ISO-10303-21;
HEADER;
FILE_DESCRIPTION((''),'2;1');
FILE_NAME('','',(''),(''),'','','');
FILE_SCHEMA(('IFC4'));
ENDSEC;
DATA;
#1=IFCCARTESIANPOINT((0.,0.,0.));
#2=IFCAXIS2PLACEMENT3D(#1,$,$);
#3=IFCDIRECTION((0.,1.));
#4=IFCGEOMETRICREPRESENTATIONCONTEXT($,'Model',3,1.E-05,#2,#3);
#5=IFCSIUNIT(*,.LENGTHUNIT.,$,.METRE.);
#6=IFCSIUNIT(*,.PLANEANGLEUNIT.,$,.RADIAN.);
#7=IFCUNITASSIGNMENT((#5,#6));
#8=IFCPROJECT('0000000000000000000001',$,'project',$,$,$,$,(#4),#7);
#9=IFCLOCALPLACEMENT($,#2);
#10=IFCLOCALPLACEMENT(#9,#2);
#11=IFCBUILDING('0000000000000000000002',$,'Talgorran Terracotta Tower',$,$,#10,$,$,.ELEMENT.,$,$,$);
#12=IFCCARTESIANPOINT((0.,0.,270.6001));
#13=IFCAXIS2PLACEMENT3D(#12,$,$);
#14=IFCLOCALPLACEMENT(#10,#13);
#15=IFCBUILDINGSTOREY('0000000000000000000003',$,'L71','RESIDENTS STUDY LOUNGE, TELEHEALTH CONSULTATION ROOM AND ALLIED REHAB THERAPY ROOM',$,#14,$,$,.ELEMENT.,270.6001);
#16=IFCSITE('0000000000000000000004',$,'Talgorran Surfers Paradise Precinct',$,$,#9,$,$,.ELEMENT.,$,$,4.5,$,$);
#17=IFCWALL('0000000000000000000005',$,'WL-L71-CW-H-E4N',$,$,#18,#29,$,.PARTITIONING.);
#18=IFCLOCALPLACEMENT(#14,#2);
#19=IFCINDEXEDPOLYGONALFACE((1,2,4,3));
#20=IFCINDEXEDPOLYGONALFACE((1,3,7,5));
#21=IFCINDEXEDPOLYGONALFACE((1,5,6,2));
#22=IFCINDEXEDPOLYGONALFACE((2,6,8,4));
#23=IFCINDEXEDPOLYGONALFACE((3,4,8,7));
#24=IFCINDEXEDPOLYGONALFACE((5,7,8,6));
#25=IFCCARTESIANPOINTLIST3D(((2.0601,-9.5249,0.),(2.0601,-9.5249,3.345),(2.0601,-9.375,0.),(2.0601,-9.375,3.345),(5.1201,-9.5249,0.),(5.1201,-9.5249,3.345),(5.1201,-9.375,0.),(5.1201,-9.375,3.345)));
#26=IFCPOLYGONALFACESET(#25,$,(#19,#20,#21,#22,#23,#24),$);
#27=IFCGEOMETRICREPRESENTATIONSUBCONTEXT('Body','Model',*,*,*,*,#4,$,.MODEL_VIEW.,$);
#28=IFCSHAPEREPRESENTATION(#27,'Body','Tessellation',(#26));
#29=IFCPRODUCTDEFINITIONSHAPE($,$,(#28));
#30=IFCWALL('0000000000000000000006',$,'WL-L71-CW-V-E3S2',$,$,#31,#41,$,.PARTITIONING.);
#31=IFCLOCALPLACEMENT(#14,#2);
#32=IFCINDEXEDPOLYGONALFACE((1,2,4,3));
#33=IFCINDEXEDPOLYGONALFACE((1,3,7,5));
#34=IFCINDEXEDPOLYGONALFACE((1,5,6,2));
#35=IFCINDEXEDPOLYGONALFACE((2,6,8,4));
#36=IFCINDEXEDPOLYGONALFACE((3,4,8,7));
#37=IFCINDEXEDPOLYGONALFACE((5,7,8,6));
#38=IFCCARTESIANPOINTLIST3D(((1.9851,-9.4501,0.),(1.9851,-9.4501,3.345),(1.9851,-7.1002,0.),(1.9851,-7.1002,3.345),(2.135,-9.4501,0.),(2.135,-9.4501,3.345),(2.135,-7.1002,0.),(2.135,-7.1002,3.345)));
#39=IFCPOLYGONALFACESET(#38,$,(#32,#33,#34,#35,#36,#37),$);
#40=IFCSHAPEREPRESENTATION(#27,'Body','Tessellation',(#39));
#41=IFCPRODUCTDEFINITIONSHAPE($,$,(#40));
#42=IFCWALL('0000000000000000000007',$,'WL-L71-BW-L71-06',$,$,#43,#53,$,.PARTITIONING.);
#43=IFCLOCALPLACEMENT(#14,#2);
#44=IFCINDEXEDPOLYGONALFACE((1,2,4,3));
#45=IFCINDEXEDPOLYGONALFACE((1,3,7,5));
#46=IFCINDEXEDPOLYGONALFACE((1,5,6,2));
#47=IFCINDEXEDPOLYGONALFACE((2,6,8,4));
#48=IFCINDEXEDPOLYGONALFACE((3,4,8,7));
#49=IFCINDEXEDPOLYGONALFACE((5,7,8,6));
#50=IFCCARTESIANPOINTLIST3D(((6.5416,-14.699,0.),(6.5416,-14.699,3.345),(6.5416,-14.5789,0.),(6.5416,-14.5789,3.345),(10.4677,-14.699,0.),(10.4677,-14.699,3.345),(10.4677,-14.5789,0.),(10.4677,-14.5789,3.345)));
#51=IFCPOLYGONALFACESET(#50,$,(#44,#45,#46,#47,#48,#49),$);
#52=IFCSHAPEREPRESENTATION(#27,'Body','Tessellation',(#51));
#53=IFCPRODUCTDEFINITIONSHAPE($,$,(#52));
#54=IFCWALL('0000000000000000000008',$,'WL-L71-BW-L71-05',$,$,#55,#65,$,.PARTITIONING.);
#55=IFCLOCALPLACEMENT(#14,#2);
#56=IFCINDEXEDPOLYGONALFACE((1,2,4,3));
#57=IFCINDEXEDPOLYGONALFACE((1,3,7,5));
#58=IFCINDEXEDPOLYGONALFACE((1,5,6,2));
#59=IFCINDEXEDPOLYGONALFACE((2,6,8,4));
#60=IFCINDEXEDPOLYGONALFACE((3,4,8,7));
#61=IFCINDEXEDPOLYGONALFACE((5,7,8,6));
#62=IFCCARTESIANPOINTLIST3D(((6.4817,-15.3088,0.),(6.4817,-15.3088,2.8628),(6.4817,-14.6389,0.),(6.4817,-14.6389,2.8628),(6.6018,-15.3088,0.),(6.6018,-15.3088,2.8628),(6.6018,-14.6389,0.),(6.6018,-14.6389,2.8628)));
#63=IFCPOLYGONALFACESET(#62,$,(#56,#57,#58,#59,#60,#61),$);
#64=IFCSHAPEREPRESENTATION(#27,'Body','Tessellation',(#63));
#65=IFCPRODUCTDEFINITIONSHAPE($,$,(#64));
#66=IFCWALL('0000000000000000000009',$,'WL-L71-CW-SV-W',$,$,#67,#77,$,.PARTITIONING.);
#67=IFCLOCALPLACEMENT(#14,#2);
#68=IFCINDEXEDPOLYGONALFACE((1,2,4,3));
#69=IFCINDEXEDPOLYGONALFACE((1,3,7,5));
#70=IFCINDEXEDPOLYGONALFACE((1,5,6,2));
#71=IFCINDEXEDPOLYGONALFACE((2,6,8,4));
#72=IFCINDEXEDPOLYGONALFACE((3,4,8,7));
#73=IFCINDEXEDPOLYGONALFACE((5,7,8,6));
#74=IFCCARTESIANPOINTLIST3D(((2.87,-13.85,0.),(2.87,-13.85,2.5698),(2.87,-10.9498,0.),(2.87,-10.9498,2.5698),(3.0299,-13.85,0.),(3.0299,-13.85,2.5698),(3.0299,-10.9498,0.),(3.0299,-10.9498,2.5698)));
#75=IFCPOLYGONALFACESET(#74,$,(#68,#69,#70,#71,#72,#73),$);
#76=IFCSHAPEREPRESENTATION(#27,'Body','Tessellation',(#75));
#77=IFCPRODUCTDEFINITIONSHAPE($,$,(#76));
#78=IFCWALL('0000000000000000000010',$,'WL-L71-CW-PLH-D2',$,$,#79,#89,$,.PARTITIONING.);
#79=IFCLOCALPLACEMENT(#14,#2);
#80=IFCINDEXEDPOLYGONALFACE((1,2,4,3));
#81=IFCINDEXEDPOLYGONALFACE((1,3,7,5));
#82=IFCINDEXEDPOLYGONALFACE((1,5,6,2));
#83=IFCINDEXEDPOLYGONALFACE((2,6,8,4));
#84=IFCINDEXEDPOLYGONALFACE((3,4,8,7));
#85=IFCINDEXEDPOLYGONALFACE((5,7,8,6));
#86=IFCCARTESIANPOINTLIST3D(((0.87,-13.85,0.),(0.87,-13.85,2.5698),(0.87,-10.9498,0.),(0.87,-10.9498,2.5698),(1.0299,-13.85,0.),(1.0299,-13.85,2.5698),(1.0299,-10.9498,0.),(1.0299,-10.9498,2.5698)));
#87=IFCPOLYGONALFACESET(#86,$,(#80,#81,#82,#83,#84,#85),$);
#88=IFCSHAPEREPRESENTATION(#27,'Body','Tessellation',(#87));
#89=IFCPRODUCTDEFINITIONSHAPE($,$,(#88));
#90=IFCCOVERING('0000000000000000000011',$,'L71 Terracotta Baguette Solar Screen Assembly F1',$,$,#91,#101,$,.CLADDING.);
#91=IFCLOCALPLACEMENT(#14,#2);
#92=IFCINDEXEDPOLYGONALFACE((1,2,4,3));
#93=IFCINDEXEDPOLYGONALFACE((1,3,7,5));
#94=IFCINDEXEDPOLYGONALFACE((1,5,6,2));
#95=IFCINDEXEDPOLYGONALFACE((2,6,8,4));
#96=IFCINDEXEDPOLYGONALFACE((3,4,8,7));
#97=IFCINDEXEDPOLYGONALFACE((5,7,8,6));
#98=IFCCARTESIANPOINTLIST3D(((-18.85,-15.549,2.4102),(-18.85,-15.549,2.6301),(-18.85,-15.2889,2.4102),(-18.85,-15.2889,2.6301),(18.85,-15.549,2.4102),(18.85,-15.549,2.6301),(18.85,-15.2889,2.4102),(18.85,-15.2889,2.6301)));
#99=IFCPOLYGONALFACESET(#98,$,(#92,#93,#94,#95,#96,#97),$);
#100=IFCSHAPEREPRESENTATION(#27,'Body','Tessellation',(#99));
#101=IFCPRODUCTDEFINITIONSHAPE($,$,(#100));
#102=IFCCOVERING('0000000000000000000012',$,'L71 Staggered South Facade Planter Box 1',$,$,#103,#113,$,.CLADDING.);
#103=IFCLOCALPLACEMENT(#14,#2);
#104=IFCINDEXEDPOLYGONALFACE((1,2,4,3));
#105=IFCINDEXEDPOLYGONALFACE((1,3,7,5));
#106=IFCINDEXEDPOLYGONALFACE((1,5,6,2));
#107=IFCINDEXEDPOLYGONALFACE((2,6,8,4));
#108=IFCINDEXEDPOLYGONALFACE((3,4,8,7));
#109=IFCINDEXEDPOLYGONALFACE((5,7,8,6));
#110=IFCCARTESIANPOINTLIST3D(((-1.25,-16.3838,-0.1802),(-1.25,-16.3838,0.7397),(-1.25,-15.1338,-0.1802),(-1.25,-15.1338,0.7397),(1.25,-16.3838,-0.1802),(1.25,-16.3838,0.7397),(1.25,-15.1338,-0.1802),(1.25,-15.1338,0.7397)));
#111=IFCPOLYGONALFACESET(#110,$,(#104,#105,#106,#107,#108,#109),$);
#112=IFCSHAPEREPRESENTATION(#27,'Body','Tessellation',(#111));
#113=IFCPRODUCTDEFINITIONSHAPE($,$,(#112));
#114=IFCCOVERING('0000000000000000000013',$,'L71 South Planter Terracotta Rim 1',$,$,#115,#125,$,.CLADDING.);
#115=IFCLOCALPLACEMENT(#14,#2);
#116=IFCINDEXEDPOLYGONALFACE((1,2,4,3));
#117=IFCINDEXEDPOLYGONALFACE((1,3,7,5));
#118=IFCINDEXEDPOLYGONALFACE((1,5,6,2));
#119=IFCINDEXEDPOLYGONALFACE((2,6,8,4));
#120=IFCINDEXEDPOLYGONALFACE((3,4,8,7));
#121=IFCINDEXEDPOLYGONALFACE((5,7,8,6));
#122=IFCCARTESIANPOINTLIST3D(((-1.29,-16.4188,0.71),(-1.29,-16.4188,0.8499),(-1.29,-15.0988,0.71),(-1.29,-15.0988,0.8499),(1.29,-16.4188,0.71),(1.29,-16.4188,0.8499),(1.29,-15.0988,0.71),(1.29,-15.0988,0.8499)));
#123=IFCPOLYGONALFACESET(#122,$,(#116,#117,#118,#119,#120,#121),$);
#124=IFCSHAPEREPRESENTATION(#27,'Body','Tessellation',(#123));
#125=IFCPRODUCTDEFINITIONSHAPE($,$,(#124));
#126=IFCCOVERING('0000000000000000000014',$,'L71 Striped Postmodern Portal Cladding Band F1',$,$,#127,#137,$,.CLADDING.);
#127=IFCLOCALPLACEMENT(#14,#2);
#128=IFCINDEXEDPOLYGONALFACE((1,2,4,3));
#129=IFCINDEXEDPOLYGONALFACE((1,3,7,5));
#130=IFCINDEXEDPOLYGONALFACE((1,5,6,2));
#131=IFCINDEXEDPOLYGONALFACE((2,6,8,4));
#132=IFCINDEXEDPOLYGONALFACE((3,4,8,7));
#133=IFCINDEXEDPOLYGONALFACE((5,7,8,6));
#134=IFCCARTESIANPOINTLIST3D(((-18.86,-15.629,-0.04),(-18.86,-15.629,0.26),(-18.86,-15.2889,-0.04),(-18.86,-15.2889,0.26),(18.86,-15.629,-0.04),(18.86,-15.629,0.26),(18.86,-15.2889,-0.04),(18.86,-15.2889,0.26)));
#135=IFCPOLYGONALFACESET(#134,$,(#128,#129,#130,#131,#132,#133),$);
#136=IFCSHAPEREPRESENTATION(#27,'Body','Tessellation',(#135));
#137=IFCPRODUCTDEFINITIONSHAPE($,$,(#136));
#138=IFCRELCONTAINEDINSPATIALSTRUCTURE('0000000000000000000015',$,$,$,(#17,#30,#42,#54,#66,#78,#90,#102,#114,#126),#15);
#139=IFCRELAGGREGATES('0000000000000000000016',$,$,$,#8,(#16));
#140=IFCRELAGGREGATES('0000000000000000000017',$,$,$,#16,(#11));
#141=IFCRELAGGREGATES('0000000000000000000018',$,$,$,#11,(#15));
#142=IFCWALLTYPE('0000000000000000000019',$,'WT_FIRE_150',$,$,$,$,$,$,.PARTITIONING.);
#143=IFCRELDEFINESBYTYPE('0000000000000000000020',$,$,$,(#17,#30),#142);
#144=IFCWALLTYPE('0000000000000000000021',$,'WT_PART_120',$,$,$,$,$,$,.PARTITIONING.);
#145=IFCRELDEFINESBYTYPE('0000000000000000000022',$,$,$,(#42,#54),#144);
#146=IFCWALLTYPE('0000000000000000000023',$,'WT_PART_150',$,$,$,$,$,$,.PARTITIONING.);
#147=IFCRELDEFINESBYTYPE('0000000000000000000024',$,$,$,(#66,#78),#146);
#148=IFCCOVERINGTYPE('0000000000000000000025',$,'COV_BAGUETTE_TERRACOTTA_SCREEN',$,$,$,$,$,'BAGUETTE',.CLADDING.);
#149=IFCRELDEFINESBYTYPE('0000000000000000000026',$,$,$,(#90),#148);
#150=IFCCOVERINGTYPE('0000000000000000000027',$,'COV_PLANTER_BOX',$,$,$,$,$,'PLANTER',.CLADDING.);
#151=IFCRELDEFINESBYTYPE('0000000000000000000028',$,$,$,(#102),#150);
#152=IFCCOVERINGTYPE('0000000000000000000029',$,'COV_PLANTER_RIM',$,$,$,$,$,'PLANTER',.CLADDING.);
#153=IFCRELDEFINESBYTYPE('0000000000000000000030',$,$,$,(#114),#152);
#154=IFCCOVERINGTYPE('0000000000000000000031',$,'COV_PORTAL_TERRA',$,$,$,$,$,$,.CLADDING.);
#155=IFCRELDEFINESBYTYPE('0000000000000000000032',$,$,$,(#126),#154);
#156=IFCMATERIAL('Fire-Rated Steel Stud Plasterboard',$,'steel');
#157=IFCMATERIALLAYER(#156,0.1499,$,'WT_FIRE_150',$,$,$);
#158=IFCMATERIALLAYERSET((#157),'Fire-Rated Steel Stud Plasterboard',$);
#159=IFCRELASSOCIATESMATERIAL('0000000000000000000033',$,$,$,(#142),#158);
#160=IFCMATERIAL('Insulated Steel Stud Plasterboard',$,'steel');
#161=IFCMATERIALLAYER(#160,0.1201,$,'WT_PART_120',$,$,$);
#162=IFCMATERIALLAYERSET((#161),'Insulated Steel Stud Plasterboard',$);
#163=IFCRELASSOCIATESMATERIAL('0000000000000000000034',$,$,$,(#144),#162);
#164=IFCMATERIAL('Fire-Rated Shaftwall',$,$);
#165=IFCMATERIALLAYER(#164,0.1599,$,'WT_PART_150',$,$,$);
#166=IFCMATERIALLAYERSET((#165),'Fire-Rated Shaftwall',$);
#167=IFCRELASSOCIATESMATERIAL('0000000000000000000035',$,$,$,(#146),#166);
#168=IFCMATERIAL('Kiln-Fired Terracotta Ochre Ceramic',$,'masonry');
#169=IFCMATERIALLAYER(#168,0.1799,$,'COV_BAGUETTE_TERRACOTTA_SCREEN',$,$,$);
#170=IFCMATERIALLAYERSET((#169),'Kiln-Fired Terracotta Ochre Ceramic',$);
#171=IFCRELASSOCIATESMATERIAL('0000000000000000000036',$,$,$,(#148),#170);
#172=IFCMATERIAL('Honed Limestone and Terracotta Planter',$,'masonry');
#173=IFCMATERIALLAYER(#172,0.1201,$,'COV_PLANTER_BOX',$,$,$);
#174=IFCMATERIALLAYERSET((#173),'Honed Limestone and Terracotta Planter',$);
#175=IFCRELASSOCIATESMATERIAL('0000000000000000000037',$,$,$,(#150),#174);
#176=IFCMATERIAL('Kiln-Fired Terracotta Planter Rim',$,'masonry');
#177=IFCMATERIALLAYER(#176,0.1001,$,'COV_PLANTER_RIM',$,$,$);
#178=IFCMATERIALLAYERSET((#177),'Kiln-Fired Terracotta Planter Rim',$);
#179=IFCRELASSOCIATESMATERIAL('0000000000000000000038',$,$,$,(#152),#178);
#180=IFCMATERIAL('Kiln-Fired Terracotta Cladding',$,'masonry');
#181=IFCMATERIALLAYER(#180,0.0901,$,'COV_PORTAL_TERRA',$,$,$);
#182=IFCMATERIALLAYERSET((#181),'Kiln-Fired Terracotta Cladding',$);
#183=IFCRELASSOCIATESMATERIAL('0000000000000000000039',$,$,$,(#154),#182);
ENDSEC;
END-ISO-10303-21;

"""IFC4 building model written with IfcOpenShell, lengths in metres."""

from ifc_helpers import new_model, si_unit, direction, frame, frame_2d, origin, origin_2d, place, context, subcontext, project, spatial, rectangle, extrude, material, layer, layer_set, type_object, element, save


model = new_model("IFC4")

# Units and contexts
model_context = context("Model", 3, precision=1e-05, world=origin(), true_north=direction((0.0, 1.0)))
body_context = subcontext(model_context, "Body", "Model", "MODEL_VIEW")
ifc_project = project(units=[si_unit("LENGTHUNIT", "METRE"), si_unit("PLANEANGLEUNIT", "RADIAN")], contexts=[model_context])

# Site, building, storey
site_placement = place(None, origin())
site = spatial("IfcSite", under=ifc_project, at=site_placement, Name="Talgorran Surfers Paradise Precinct", CompositionType="ELEMENT", RefElevation=4.5)
building_placement = place(site_placement, origin())
building = spatial("IfcBuilding", under=site, at=building_placement, Name="Talgorran Terracotta Tower", CompositionType="ELEMENT")
storey_placement = place(building_placement, frame((0.0, 0.0, 270.6001)))
storey = spatial("IfcBuildingStorey", under=building, at=storey_placement, Name="L71", Description="RESIDENTS STUDY LOUNGE, TELEHEALTH CONSULTATION ROOM AND ALLIED REHAB THERAPY ROOM", CompositionType="ELEMENT", Elevation=270.6001)

# Walls
ifc_material_1 = material(Name="Fire-Rated Steel Stud Plasterboard", Category="steel")
ifc_layer_1 = layer(ifc_material_1, 0.1499, Name="WT_FIRE_150")
ifc_layer_set_1 = layer_set([ifc_layer_1], Name="Fire-Rated Steel Stud Plasterboard")
wall_type_1 = type_object("IfcWallType", Name="WT_FIRE_150", PredefinedType="PARTITIONING", material=ifc_layer_set_1)
wall_1_placement = place(storey_placement, frame((2.0601, -9.45, 0.0), z_axis=(0.0, 0.0, 1.0), x_axis=(1.0, 0.0, 0.0)))
element("IfcWall", 1, at=wall_1_placement, inside=storey, type_object=wall_type_1, Name="WL-L71-CW-H-E4N", PredefinedType="PARTITIONING", context=body_context, shape_type="SweptSolid", body=[
    extrude(rectangle(XDim=3.0601, YDim=0.1499, at=frame_2d((1.53, 0.0))), origin(), (0.0, 0.0, 1.0), 3.345),
])
wall_2_placement = place(storey_placement, frame((2.0601, -9.45, 0.0), z_axis=(0.0, 0.0, 1.0), x_axis=(0.0, 1.0, 0.0)))
element("IfcWall", 2, at=wall_2_placement, inside=storey, type_object=wall_type_1, Name="WL-L71-CW-V-E3S2", PredefinedType="PARTITIONING", context=body_context, shape_type="SweptSolid", body=[
    extrude(rectangle(XDim=2.3499, YDim=0.1499, at=frame_2d((1.1748, 0.0))), origin(), (0.0, 0.0, 1.0), 3.345),
])
ifc_material_2 = material(Name="Insulated Steel Stud Plasterboard", Category="steel")
ifc_layer_2 = layer(ifc_material_2, 0.1201, Name="WT_PART_120")
ifc_layer_set_2 = layer_set([ifc_layer_2], Name="Insulated Steel Stud Plasterboard")
wall_type_2 = type_object("IfcWallType", Name="WT_PART_120", PredefinedType="PARTITIONING", material=ifc_layer_set_2)
wall_3_placement = place(storey_placement, frame((6.5417, -14.6389, 0.0), z_axis=(0.0, 0.0, 1.0), x_axis=(1.0, 0.0, 0.0)))
element("IfcWall", 3, at=wall_3_placement, inside=storey, type_object=wall_type_2, Name="WL-L71-BW-L71-06", PredefinedType="PARTITIONING", context=body_context, shape_type="SweptSolid", body=[
    extrude(rectangle(XDim=3.926, YDim=0.1201, at=frame_2d((1.9629, 0.0))), origin(), (0.0, 0.0, 1.0), 3.345),
])
wall_4_placement = place(storey_placement, frame((6.5417, -15.3088, 0.0), z_axis=(0.0, 0.0, 1.0), x_axis=(0.0, 1.0, 0.0)))
element("IfcWall", 4, at=wall_4_placement, inside=storey, type_object=wall_type_2, Name="WL-L71-BW-L71-05", PredefinedType="PARTITIONING", context=body_context, shape_type="SweptSolid", body=[
    extrude(rectangle(XDim=0.6699, YDim=0.1201, at=frame_2d((0.335, 0.0))), origin(), (0.0, 0.0, 1.0), 2.8628),
])
ifc_material_3 = material(Name="Fire-Rated Shaftwall")
ifc_layer_3 = layer(ifc_material_3, 0.1599, Name="WT_PART_150")
ifc_layer_set_3 = layer_set([ifc_layer_3], Name="Fire-Rated Shaftwall")
wall_type_3 = type_object("IfcWallType", Name="WT_PART_150", PredefinedType="PARTITIONING", material=ifc_layer_set_3)
for number, where, z_axis, x_axis, name in (
    (5, (2.95, -13.8501, 0.0), (0.0, 0.0, 1.0), (0.0, 1.0, 0.0), "WL-L71-CW-SV-W"),
    (6, (0.95, -13.8501, 0.0), (0.0, 0.0, 1.0), (0.0, 1.0, 0.0), "WL-L71-CW-PLH-D2"),
):
    element("IfcWall", number, at=place(storey_placement, frame(where, z_axis=z_axis, x_axis=x_axis)), inside=storey, type_object=wall_type_3, Name=name, PredefinedType="PARTITIONING", context=body_context, shape_type="SweptSolid", body=[
        extrude(rectangle(XDim=2.9001, YDim=0.1599, at=frame_2d((1.4502, 0.0))), origin(), (0.0, 0.0, 1.0), 2.5698),
    ])

# Coverings
ifc_material_4 = material(Name="Kiln-Fired Terracotta Ochre Ceramic", Category="masonry")
ifc_layer_4 = layer(ifc_material_4, 0.1799, Name="COV_BAGUETTE_TERRACOTTA_SCREEN")
ifc_layer_set_4 = layer_set([ifc_layer_4], Name="Kiln-Fired Terracotta Ochre Ceramic")
covering_type_1 = type_object("IfcCoveringType", Name="COV_BAGUETTE_TERRACOTTA_SCREEN", ElementType="BAGUETTE", PredefinedType="CLADDING", material=ifc_layer_set_4)
covering_1_placement = place(storey_placement, frame((0.0, -15.4189, 2.4102), z_axis=(0.0, 0.0, 1.0), x_axis=(1.0, 0.0, 0.0)))
element("IfcCovering", 7, at=covering_1_placement, inside=storey, type_object=covering_type_1, Name="L71 Terracotta Baguette Solar Screen Assembly F1", PredefinedType="CLADDING", context=body_context, shape_type="SweptSolid", body=[
    extrude(rectangle(XDim=37.7, YDim=0.26, at=origin_2d()), origin(), (0.0, 0.0, 1.0), 0.22),
])
ifc_material_5 = material(Name="Honed Limestone and Terracotta Planter", Category="masonry")
ifc_layer_5 = layer(ifc_material_5, 0.1201, Name="COV_PLANTER_BOX")
ifc_layer_set_5 = layer_set([ifc_layer_5], Name="Honed Limestone and Terracotta Planter")
covering_type_2 = type_object("IfcCoveringType", Name="COV_PLANTER_BOX", ElementType="PLANTER", PredefinedType="CLADDING", material=ifc_layer_set_5)
covering_2_placement = place(storey_placement, frame((0.0, -15.7588, -0.1802), z_axis=(0.0, 0.0, 1.0), x_axis=(1.0, 0.0, 0.0)))
element("IfcCovering", 8, at=covering_2_placement, inside=storey, type_object=covering_type_2, Name="L71 Staggered South Facade Planter Box 1", PredefinedType="CLADDING", context=body_context, shape_type="SweptSolid", body=[
    extrude(rectangle(XDim=2.5, YDim=1.25, at=origin_2d()), origin(), (0.0, 0.0, 1.0), 0.9199),
])
ifc_material_6 = material(Name="Kiln-Fired Terracotta Planter Rim", Category="masonry")
ifc_layer_6 = layer(ifc_material_6, 0.1001, Name="COV_PLANTER_RIM")
ifc_layer_set_6 = layer_set([ifc_layer_6], Name="Kiln-Fired Terracotta Planter Rim")
covering_type_3 = type_object("IfcCoveringType", Name="COV_PLANTER_RIM", ElementType="PLANTER", PredefinedType="CLADDING", material=ifc_layer_set_6)
covering_3_placement = place(storey_placement, frame((0.0, -15.7588, 0.71), z_axis=(0.0, 0.0, 1.0), x_axis=(1.0, 0.0, 0.0)))
element("IfcCovering", 9, at=covering_3_placement, inside=storey, type_object=covering_type_3, Name="L71 South Planter Terracotta Rim 1", PredefinedType="CLADDING", context=body_context, shape_type="SweptSolid", body=[
    extrude(rectangle(XDim=2.5801, YDim=1.3201, at=origin_2d()), origin(), (0.0, 0.0, 1.0), 0.1399),
])
ifc_material_7 = material(Name="Kiln-Fired Terracotta Cladding", Category="masonry")
ifc_layer_7 = layer(ifc_material_7, 0.0901, Name="COV_PORTAL_TERRA")
ifc_layer_set_7 = layer_set([ifc_layer_7], Name="Kiln-Fired Terracotta Cladding")
covering_type_4 = type_object("IfcCoveringType", Name="COV_PORTAL_TERRA", PredefinedType="CLADDING", material=ifc_layer_set_7)
covering_4_placement = place(storey_placement, frame((0.0, -15.459, -0.04), z_axis=(0.0, 0.0, 1.0), x_axis=(1.0, 0.0, 0.0)))
element("IfcCovering", 10, at=covering_4_placement, inside=storey, type_object=covering_type_4, Name="L71 Striped Postmodern Portal Cladding Band F1", PredefinedType="CLADDING", context=body_context, shape_type="SweptSolid", body=[
    extrude(rectangle(XDim=37.72, YDim=0.3401, at=origin_2d()), origin(), (0.0, 0.0, 1.0), 0.3),
])

save(model, "model.ifc")
